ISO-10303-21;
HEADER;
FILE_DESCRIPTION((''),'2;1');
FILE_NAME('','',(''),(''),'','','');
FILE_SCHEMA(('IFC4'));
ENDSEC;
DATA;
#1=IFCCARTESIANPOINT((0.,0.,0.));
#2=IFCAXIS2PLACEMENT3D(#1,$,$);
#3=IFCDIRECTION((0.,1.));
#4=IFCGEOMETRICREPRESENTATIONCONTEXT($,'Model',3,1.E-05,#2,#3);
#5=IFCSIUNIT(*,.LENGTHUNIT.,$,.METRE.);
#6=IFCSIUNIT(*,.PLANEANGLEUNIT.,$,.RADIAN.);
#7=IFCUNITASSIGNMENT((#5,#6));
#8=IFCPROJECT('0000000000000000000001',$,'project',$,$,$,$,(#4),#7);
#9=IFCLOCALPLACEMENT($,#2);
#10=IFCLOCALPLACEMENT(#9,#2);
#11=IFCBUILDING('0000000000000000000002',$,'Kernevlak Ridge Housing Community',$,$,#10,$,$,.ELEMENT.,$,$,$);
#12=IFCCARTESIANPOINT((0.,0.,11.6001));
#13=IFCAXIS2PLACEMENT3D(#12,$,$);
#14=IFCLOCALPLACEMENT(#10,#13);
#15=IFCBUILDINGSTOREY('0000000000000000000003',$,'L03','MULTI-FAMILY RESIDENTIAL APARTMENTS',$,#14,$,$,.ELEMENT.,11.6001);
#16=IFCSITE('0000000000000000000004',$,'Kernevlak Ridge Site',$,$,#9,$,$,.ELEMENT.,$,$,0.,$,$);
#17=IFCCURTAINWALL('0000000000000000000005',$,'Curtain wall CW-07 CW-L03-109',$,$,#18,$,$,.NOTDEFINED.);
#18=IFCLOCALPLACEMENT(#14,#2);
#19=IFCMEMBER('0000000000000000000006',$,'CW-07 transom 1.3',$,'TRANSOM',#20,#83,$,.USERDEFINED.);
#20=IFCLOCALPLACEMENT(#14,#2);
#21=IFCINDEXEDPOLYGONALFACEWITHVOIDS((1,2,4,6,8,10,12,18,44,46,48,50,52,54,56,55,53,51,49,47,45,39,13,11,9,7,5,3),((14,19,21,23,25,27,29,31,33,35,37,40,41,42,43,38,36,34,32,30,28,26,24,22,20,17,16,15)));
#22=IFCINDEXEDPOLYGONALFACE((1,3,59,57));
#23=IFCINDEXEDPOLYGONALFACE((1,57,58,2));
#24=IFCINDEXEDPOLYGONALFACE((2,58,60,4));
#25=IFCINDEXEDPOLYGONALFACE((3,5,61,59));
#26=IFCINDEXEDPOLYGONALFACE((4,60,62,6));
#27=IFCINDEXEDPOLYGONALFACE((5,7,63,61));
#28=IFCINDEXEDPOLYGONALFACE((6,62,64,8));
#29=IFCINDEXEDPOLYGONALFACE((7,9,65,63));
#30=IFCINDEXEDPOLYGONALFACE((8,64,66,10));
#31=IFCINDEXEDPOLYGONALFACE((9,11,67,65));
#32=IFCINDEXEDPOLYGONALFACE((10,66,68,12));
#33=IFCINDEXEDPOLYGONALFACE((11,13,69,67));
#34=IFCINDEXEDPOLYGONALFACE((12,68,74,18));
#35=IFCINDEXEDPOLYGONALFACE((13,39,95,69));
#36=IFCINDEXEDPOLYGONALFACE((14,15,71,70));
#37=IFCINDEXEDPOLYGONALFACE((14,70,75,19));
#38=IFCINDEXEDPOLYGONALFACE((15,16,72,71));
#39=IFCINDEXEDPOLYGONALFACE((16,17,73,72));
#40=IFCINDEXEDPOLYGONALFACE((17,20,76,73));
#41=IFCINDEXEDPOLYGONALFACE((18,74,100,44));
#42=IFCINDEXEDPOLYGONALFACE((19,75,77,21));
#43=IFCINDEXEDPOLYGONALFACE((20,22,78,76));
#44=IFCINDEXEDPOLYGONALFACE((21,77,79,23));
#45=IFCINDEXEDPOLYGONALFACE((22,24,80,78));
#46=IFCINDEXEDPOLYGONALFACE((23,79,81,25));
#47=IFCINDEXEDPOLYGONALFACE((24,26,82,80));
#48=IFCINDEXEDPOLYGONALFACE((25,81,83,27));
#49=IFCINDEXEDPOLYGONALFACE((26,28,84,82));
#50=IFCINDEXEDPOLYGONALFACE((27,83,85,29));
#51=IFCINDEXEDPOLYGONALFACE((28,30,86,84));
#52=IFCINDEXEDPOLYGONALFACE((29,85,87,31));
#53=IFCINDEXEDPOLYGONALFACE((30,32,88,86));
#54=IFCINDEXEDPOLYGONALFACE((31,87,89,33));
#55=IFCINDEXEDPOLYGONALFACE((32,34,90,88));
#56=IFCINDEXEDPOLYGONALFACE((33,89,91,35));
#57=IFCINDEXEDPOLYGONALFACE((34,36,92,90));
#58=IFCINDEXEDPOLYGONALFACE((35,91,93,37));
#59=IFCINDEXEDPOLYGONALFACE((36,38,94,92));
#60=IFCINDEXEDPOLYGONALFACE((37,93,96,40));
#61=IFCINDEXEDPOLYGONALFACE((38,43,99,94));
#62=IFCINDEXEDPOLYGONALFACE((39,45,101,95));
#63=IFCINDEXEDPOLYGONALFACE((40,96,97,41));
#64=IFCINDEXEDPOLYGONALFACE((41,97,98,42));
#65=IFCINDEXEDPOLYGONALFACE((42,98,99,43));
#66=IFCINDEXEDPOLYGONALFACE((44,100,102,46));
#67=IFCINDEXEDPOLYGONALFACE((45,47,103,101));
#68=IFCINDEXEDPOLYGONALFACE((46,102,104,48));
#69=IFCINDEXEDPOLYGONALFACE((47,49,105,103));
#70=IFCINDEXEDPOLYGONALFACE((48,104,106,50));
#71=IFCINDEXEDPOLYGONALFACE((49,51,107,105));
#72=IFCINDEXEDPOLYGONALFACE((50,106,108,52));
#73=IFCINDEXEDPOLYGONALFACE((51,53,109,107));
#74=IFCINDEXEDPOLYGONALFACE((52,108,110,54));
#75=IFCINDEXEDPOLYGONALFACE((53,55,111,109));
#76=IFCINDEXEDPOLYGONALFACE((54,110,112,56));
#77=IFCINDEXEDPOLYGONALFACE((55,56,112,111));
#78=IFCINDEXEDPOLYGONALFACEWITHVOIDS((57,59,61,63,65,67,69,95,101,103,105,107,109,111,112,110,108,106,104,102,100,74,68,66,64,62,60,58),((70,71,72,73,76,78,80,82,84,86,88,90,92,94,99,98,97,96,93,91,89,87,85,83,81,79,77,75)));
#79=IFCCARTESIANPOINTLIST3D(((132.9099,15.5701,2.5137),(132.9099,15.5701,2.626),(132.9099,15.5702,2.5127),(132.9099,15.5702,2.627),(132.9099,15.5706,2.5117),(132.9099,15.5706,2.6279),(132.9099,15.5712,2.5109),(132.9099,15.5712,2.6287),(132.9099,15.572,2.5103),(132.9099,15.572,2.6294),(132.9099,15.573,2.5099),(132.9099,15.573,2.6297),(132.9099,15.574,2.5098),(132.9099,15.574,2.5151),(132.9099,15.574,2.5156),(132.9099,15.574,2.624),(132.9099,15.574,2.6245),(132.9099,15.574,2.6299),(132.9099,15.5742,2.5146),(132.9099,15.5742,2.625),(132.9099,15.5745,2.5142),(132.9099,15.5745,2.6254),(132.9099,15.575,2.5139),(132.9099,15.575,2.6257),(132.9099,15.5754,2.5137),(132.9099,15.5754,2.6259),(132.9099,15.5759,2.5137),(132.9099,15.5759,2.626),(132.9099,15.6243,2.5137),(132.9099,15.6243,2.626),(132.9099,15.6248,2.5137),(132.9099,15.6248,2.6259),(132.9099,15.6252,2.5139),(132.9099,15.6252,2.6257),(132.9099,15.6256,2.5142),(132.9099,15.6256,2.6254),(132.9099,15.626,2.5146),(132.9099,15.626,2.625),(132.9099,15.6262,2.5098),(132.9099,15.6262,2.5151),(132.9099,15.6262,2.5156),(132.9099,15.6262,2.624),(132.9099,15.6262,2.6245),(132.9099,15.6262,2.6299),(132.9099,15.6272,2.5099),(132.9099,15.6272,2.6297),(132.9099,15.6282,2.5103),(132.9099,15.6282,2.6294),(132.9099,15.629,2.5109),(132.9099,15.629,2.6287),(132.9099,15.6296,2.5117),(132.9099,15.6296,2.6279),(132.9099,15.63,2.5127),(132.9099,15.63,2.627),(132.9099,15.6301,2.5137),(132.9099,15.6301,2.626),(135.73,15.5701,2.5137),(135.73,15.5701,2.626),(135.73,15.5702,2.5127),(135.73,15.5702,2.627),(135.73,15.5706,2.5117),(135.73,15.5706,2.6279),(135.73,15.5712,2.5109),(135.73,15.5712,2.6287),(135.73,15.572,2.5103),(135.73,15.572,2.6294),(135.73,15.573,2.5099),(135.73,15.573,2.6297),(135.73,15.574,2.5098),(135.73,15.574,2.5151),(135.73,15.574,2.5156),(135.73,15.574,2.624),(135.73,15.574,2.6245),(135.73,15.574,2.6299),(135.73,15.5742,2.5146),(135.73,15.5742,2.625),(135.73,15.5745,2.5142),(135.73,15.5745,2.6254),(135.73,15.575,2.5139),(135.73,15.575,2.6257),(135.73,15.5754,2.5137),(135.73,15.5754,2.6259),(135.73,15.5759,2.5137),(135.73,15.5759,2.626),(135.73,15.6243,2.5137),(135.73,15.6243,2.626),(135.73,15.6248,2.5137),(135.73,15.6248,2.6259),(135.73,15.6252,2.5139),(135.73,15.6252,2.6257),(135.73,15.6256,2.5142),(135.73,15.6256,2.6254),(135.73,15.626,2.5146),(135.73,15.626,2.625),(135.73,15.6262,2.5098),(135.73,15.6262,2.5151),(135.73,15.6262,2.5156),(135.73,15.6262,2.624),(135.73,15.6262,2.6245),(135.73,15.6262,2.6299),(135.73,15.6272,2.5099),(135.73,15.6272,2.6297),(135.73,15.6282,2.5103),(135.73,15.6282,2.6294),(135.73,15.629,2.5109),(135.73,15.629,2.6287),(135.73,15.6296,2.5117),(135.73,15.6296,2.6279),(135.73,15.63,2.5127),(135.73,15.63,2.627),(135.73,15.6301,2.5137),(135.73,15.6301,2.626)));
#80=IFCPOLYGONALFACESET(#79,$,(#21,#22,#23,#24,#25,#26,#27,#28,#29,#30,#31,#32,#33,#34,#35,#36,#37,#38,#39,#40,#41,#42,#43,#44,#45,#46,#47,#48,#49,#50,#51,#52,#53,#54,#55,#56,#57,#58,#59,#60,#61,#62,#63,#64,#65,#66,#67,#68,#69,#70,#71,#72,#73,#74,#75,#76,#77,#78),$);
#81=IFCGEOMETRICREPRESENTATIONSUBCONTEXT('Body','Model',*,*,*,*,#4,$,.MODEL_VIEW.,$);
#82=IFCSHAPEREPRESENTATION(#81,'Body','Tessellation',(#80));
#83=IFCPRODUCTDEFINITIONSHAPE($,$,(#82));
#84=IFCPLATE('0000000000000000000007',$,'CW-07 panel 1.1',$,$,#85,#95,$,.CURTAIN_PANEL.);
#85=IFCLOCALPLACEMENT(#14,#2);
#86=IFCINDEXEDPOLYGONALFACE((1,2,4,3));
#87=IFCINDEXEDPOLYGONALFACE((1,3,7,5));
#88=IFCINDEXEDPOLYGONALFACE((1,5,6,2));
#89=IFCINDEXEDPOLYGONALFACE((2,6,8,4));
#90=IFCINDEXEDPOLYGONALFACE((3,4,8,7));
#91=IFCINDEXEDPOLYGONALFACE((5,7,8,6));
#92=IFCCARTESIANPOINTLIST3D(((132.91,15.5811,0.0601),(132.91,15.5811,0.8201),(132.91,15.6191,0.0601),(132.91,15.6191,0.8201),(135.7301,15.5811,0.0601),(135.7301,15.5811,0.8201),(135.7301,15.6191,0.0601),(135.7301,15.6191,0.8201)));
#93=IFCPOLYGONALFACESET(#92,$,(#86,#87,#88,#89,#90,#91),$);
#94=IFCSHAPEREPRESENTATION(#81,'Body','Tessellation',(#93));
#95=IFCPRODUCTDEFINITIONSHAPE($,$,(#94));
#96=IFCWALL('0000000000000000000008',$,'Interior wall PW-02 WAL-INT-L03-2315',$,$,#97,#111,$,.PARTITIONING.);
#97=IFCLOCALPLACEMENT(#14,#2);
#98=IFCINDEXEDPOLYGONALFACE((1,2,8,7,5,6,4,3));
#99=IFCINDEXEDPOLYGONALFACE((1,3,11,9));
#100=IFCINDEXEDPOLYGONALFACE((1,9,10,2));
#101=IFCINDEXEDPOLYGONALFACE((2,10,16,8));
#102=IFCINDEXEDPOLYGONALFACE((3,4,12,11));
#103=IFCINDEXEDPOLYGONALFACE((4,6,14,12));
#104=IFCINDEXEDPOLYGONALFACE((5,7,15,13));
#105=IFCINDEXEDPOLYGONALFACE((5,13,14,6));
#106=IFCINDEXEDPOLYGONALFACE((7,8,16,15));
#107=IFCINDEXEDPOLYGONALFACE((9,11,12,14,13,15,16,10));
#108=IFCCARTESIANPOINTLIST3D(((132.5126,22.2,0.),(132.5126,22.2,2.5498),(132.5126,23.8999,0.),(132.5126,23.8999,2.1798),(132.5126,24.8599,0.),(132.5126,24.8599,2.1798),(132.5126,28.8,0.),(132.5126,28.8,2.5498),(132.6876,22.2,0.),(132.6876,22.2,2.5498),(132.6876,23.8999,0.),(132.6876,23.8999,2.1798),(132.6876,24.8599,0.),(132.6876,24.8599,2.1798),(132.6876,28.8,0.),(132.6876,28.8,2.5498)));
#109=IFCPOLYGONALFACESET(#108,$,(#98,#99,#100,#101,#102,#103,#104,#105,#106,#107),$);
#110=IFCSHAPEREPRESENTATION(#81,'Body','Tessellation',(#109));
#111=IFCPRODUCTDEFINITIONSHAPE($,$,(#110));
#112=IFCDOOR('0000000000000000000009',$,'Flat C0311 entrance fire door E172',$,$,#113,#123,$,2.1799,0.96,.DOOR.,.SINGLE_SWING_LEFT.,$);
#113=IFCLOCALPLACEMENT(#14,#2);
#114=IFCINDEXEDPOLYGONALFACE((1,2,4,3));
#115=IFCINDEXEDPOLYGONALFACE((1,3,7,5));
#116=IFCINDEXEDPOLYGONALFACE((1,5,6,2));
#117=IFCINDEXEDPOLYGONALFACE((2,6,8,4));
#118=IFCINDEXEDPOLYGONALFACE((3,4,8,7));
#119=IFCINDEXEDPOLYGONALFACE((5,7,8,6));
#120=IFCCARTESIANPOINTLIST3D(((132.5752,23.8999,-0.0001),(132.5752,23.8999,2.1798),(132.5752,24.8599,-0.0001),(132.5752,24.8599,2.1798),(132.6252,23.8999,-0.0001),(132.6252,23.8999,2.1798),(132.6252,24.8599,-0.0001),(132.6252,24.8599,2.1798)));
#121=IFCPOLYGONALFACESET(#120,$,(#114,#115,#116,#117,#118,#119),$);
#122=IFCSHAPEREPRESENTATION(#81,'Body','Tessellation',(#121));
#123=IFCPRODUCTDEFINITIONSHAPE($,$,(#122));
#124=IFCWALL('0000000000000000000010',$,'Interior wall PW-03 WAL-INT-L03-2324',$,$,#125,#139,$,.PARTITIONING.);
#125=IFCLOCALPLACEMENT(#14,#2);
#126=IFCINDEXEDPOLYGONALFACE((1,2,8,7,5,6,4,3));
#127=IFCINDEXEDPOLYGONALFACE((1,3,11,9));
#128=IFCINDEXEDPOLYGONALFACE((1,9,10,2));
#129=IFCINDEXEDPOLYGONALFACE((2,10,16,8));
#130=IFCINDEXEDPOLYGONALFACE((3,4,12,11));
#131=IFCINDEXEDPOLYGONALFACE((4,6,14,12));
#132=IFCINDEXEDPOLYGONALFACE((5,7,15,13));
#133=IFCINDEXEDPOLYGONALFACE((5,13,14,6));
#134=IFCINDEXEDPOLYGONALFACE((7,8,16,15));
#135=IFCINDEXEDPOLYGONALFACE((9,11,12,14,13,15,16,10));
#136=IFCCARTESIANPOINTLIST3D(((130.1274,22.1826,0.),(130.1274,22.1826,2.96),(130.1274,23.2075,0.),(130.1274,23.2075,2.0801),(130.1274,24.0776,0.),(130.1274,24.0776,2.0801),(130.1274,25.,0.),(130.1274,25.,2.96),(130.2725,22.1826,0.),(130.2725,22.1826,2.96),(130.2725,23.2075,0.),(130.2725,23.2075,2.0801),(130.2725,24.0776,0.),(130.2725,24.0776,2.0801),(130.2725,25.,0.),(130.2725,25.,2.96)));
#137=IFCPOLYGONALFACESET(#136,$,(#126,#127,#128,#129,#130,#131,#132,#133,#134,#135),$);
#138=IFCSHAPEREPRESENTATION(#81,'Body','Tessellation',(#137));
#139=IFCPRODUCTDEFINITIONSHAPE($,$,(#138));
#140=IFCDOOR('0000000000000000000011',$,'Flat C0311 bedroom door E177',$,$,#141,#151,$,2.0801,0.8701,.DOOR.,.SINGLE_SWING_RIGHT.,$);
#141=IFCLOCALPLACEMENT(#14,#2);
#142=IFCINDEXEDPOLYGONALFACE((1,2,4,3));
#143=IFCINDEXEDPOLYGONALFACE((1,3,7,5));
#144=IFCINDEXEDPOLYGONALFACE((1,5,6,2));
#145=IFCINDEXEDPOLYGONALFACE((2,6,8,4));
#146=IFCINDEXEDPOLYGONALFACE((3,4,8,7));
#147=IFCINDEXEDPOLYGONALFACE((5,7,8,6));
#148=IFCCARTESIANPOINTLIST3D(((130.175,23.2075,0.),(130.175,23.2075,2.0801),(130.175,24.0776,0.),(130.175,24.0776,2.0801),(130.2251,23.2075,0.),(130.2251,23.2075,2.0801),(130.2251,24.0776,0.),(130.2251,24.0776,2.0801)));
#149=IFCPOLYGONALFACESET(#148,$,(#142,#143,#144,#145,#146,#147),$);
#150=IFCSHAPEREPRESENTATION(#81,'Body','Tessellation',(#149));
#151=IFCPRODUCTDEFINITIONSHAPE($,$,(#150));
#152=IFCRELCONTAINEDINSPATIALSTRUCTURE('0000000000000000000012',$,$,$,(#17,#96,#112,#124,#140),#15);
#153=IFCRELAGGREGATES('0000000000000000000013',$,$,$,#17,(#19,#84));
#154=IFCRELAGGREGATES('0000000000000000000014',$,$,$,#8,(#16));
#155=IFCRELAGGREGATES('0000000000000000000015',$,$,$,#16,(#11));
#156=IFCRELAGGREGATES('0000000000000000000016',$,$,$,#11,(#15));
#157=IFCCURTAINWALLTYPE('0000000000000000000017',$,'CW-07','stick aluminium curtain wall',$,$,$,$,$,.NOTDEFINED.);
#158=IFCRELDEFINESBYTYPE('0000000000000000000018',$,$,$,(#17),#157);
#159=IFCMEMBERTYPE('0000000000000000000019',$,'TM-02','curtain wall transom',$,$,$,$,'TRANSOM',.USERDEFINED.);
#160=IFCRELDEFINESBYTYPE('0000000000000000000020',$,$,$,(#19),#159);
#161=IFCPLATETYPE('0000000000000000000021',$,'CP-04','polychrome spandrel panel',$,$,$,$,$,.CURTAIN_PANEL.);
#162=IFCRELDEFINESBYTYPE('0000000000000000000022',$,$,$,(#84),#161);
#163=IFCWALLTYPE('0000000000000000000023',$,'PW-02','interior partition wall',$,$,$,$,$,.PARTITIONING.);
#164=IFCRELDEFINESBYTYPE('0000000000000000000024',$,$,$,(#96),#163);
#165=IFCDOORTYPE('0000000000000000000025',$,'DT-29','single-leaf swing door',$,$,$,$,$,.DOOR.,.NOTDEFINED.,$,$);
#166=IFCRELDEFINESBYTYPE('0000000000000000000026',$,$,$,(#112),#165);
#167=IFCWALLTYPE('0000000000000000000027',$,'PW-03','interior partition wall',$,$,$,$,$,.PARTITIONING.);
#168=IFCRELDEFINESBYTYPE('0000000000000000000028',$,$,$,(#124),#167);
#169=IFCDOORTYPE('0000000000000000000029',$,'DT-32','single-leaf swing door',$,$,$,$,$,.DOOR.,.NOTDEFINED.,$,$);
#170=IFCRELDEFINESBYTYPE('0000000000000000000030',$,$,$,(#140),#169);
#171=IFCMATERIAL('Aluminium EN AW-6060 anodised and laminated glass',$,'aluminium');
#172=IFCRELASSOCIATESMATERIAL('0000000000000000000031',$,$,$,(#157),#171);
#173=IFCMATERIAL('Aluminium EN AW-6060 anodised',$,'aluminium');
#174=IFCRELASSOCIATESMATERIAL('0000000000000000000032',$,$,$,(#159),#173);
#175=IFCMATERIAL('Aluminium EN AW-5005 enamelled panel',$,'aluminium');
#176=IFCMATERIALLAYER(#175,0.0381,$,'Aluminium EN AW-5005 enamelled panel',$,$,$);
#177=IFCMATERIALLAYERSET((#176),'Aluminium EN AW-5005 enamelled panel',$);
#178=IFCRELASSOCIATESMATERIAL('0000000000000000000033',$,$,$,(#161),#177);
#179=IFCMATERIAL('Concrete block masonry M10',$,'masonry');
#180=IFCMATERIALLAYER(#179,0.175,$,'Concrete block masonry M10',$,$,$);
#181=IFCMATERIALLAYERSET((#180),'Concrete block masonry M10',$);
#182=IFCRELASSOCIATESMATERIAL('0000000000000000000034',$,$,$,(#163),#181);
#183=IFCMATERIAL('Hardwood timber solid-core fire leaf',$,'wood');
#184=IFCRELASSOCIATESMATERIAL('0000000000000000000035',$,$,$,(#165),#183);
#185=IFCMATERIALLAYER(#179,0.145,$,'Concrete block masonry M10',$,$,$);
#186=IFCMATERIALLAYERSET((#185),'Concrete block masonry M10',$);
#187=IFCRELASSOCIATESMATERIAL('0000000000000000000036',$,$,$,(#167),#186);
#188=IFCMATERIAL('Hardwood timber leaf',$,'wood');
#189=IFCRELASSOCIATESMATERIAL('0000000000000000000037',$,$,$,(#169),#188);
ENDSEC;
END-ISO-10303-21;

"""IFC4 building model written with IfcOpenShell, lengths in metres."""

from ifc_helpers import new_model, si_unit, direction, frame, frame_2d, origin, origin_2d, place, context, subcontext, project, spatial, rectangle, hollow_rectangle, extrude, material, layer, layer_set, material_profile, profile_set, type_object, element, fill, aggregate, save


model = new_model("IFC4")

# Units and contexts
model_context = context("Model", 3, precision=1e-05, world=origin(), true_north=direction((0.0, 1.0)))
body_context = subcontext(model_context, "Body", "Model", "MODEL_VIEW")
ifc_project = project(units=[si_unit("LENGTHUNIT", "METRE"), si_unit("PLANEANGLEUNIT", "RADIAN")], contexts=[model_context])

# Site, building, storey
site_placement = place(None, origin())
site = spatial("IfcSite", under=ifc_project, at=site_placement, Name="Kernevlak Ridge Site", CompositionType="ELEMENT", RefElevation=0.0)
building_placement = place(site_placement, origin())
building = spatial("IfcBuilding", under=site, at=building_placement, Name="Kernevlak Ridge Housing Community", CompositionType="ELEMENT")
storey_placement = place(building_placement, frame((0.0, 0.0, 11.6001)))
storey = spatial("IfcBuildingStorey", under=building, at=storey_placement, Name="L03", Description="MULTI-FAMILY RESIDENTIAL APARTMENTS", CompositionType="ELEMENT", Elevation=11.6001)

# Curtain wall
ifc_material_1 = material(Name="Aluminium EN AW-6060 anodised and laminated glass", Category="aluminium")
curtain_wall_type = type_object("IfcCurtainWallType", Name="CW-07", Description="stick aluminium curtain wall", PredefinedType="NOTDEFINED", material=ifc_material_1)
curtain_wall_placement = place(storey_placement, origin())
curtain_wall = element("IfcCurtainWall", 1, at=curtain_wall_placement, inside=storey, type_object=curtain_wall_type, Name="Curtain wall CW-07 CW-L03-109", PredefinedType="NOTDEFINED")
ifc_material_2 = material(Name="Aluminium EN AW-6060 anodised", Category="aluminium")

# Member
ifc_material_profile_1 = material_profile(ifc_material_2, hollow_rectangle(XDim=0.0601, YDim=0.1201, WallThickness=0.0039, InnerFilletRadius=0.002, OuterFilletRadius=0.0039, at=origin_2d()), Name="ALU 60x120x4")
ifc_profile_set_1 = profile_set([ifc_material_profile_1], Name="Aluminium EN AW-6060 anodised")
member_type_1 = type_object("IfcMemberType", Name="TM-02", Description="curtain wall transom", ElementType="TRANSOM", PredefinedType="USERDEFINED", material=ifc_profile_set_1)
member_1_placement = place(storey_placement, frame((132.9099, 15.6001, 2.5698), z_axis=(1.0, 0.0, 0.0), x_axis=(0.0, 1.0, 0.0)))
member_1 = element("IfcMember", 2, at=member_1_placement, type_object=member_type_1, Name="CW-07 transom 1.3", ObjectType="TRANSOM", PredefinedType="USERDEFINED", context=body_context, shape_type="SweptSolid", body=[
    extrude(hollow_rectangle(XDim=0.0601, YDim=0.1201, WallThickness=0.0039, InnerFilletRadius=0.002, OuterFilletRadius=0.0039, at=origin_2d()), origin(), (0.0, 0.0, 1.0), 2.8201),
])

# Plate
ifc_material_3 = material(Name="Aluminium EN AW-5005 enamelled panel", Category="aluminium")
ifc_layer_1 = layer(ifc_material_3, 0.0381, Name="Aluminium EN AW-5005 enamelled panel")
ifc_layer_set_1 = layer_set([ifc_layer_1], Name="Aluminium EN AW-5005 enamelled panel")
plate_type = type_object("IfcPlateType", Name="CP-04", Description="polychrome spandrel panel", PredefinedType="CURTAIN_PANEL", material=ifc_layer_set_1)
plate_placement = place(storey_placement, frame((134.3201, 15.6001, 0.0601), z_axis=(0.0, 0.0, 1.0), x_axis=(1.0, 0.0, 0.0)))
plate = element("IfcPlate", 3, at=plate_placement, type_object=plate_type, Name="CW-07 panel 1.1", PredefinedType="CURTAIN_PANEL", context=body_context, shape_type="SweptSolid", body=[
    extrude(rectangle(XDim=2.8201, YDim=0.0381, at=origin_2d()), origin(), (0.0, 0.0, 1.0), 0.76),
])
aggregate(curtain_wall, [member_1, plate])

# Walls, openings, doors
ifc_material_4 = material(Name="Concrete block masonry M10", Category="masonry")
ifc_layer_2 = layer(ifc_material_4, 0.175, Name="Concrete block masonry M10")
ifc_layer_set_2 = layer_set([ifc_layer_2], Name="Concrete block masonry M10")
wall_type_1 = type_object("IfcWallType", Name="PW-02", Description="interior partition wall", PredefinedType="PARTITIONING", material=ifc_layer_set_2)
wall_1_placement = place(storey_placement, frame((132.6001, 22.2, 0.0), z_axis=(0.0, 0.0, 1.0), x_axis=(0.0, 1.0, 0.0)))
wall_1 = element("IfcWall", 4, at=wall_1_placement, inside=storey, type_object=wall_type_1, Name="Interior wall PW-02 WAL-INT-L03-2315", PredefinedType="PARTITIONING", context=body_context, shape_type="SweptSolid", body=[
    extrude(rectangle(XDim=6.6001, YDim=0.175, at=frame_2d((3.3, 0.0))), origin(), (0.0, 0.0, 1.0), 2.5498),
])
opening_1_placement = place(wall_1_placement, frame((1.7, 0.0, 0.0)))
opening_1 = element("IfcOpeningElement", 5, at=opening_1_placement, cuts=wall_1, PredefinedType="OPENING", context=body_context, shape_type="SweptSolid", body=[
    extrude(rectangle(XDim=0.96, YDim=2.1799, at=frame_2d((0.48, 1.0898))), frame((0.0, 0.0974, 0.0), z_axis=(0.0, -1.0, 0.0), x_axis=(1.0, 0.0, 0.0)), (0.0, 0.0, 1.0), 0.1951),
])
ifc_material_5 = material(Name="Hardwood timber solid-core fire leaf", Category="wood")
door_type_1 = type_object("IfcDoorType", Name="DT-29", Description="single-leaf swing door", OperationType="NOTDEFINED", PredefinedType="DOOR", material=ifc_material_5)
door_1_placement = place(opening_1_placement, origin())
door_1 = element("IfcDoor", 6, at=door_1_placement, inside=storey, type_object=door_type_1, Name="Flat C0311 entrance fire door E172", OperationType="SINGLE_SWING_LEFT", OverallHeight=2.1799, OverallWidth=0.96, PredefinedType="DOOR", context=body_context, shape_type="SweptSolid", body=[
    extrude(rectangle(XDim=0.96, YDim=2.1799, at=frame_2d((0.48, 1.0898))), frame((0.0, 0.0249, 0.0), z_axis=(0.0, -1.0, 0.0), x_axis=(1.0, 0.0, 0.0)), (0.0, 0.0, 1.0), 0.05),
])
fill(opening_1, door_1)
ifc_layer_3 = layer(ifc_material_4, 0.145, Name="Concrete block masonry M10")
ifc_layer_set_3 = layer_set([ifc_layer_3], Name="Concrete block masonry M10")
wall_type_2 = type_object("IfcWallType", Name="PW-03", Description="interior partition wall", PredefinedType="PARTITIONING", material=ifc_layer_set_3)
wall_2_placement = place(storey_placement, frame((130.2, 22.1826, 0.0), z_axis=(0.0, 0.0, 1.0), x_axis=(0.0, 1.0, 0.0)))
wall_2 = element("IfcWall", 7, at=wall_2_placement, inside=storey, type_object=wall_type_2, Name="Interior wall PW-03 WAL-INT-L03-2324", PredefinedType="PARTITIONING", context=body_context, shape_type="SweptSolid", body=[
    extrude(rectangle(XDim=2.8174, YDim=0.145, at=frame_2d((1.4087, 0.0))), origin(), (0.0, 0.0, 1.0), 2.96),
])
opening_2_placement = place(wall_2_placement, frame((1.0249, 0.0, 0.0)))
opening_2 = element("IfcOpeningElement", 8, at=opening_2_placement, cuts=wall_2, PredefinedType="OPENING", context=body_context, shape_type="SweptSolid", body=[
    extrude(rectangle(XDim=0.8701, YDim=2.0801, at=frame_2d((0.4351, 1.04))), frame((0.0, 0.0825, 0.0), z_axis=(0.0, -1.0, 0.0), x_axis=(1.0, 0.0, 0.0)), (0.0, 0.0, 1.0), 0.165),
])
ifc_material_6 = material(Name="Hardwood timber leaf", Category="wood")
door_type_2 = type_object("IfcDoorType", Name="DT-32", Description="single-leaf swing door", OperationType="NOTDEFINED", PredefinedType="DOOR", material=ifc_material_6)
door_2_placement = place(opening_2_placement, origin())
door_2 = element("IfcDoor", 9, at=door_2_placement, inside=storey, type_object=door_type_2, Name="Flat C0311 bedroom door E177", OperationType="SINGLE_SWING_RIGHT", OverallHeight=2.0801, OverallWidth=0.8701, PredefinedType="DOOR", context=body_context, shape_type="SweptSolid", body=[
    extrude(rectangle(XDim=0.8701, YDim=2.0801, at=frame_2d((0.4351, 1.04))), frame((0.0, 0.0249, 0.0), z_axis=(0.0, -1.0, 0.0), x_axis=(1.0, 0.0, 0.0)), (0.0, 0.0, 1.0), 0.05),
])
fill(opening_2, door_2)

save(model, "model.ifc")
